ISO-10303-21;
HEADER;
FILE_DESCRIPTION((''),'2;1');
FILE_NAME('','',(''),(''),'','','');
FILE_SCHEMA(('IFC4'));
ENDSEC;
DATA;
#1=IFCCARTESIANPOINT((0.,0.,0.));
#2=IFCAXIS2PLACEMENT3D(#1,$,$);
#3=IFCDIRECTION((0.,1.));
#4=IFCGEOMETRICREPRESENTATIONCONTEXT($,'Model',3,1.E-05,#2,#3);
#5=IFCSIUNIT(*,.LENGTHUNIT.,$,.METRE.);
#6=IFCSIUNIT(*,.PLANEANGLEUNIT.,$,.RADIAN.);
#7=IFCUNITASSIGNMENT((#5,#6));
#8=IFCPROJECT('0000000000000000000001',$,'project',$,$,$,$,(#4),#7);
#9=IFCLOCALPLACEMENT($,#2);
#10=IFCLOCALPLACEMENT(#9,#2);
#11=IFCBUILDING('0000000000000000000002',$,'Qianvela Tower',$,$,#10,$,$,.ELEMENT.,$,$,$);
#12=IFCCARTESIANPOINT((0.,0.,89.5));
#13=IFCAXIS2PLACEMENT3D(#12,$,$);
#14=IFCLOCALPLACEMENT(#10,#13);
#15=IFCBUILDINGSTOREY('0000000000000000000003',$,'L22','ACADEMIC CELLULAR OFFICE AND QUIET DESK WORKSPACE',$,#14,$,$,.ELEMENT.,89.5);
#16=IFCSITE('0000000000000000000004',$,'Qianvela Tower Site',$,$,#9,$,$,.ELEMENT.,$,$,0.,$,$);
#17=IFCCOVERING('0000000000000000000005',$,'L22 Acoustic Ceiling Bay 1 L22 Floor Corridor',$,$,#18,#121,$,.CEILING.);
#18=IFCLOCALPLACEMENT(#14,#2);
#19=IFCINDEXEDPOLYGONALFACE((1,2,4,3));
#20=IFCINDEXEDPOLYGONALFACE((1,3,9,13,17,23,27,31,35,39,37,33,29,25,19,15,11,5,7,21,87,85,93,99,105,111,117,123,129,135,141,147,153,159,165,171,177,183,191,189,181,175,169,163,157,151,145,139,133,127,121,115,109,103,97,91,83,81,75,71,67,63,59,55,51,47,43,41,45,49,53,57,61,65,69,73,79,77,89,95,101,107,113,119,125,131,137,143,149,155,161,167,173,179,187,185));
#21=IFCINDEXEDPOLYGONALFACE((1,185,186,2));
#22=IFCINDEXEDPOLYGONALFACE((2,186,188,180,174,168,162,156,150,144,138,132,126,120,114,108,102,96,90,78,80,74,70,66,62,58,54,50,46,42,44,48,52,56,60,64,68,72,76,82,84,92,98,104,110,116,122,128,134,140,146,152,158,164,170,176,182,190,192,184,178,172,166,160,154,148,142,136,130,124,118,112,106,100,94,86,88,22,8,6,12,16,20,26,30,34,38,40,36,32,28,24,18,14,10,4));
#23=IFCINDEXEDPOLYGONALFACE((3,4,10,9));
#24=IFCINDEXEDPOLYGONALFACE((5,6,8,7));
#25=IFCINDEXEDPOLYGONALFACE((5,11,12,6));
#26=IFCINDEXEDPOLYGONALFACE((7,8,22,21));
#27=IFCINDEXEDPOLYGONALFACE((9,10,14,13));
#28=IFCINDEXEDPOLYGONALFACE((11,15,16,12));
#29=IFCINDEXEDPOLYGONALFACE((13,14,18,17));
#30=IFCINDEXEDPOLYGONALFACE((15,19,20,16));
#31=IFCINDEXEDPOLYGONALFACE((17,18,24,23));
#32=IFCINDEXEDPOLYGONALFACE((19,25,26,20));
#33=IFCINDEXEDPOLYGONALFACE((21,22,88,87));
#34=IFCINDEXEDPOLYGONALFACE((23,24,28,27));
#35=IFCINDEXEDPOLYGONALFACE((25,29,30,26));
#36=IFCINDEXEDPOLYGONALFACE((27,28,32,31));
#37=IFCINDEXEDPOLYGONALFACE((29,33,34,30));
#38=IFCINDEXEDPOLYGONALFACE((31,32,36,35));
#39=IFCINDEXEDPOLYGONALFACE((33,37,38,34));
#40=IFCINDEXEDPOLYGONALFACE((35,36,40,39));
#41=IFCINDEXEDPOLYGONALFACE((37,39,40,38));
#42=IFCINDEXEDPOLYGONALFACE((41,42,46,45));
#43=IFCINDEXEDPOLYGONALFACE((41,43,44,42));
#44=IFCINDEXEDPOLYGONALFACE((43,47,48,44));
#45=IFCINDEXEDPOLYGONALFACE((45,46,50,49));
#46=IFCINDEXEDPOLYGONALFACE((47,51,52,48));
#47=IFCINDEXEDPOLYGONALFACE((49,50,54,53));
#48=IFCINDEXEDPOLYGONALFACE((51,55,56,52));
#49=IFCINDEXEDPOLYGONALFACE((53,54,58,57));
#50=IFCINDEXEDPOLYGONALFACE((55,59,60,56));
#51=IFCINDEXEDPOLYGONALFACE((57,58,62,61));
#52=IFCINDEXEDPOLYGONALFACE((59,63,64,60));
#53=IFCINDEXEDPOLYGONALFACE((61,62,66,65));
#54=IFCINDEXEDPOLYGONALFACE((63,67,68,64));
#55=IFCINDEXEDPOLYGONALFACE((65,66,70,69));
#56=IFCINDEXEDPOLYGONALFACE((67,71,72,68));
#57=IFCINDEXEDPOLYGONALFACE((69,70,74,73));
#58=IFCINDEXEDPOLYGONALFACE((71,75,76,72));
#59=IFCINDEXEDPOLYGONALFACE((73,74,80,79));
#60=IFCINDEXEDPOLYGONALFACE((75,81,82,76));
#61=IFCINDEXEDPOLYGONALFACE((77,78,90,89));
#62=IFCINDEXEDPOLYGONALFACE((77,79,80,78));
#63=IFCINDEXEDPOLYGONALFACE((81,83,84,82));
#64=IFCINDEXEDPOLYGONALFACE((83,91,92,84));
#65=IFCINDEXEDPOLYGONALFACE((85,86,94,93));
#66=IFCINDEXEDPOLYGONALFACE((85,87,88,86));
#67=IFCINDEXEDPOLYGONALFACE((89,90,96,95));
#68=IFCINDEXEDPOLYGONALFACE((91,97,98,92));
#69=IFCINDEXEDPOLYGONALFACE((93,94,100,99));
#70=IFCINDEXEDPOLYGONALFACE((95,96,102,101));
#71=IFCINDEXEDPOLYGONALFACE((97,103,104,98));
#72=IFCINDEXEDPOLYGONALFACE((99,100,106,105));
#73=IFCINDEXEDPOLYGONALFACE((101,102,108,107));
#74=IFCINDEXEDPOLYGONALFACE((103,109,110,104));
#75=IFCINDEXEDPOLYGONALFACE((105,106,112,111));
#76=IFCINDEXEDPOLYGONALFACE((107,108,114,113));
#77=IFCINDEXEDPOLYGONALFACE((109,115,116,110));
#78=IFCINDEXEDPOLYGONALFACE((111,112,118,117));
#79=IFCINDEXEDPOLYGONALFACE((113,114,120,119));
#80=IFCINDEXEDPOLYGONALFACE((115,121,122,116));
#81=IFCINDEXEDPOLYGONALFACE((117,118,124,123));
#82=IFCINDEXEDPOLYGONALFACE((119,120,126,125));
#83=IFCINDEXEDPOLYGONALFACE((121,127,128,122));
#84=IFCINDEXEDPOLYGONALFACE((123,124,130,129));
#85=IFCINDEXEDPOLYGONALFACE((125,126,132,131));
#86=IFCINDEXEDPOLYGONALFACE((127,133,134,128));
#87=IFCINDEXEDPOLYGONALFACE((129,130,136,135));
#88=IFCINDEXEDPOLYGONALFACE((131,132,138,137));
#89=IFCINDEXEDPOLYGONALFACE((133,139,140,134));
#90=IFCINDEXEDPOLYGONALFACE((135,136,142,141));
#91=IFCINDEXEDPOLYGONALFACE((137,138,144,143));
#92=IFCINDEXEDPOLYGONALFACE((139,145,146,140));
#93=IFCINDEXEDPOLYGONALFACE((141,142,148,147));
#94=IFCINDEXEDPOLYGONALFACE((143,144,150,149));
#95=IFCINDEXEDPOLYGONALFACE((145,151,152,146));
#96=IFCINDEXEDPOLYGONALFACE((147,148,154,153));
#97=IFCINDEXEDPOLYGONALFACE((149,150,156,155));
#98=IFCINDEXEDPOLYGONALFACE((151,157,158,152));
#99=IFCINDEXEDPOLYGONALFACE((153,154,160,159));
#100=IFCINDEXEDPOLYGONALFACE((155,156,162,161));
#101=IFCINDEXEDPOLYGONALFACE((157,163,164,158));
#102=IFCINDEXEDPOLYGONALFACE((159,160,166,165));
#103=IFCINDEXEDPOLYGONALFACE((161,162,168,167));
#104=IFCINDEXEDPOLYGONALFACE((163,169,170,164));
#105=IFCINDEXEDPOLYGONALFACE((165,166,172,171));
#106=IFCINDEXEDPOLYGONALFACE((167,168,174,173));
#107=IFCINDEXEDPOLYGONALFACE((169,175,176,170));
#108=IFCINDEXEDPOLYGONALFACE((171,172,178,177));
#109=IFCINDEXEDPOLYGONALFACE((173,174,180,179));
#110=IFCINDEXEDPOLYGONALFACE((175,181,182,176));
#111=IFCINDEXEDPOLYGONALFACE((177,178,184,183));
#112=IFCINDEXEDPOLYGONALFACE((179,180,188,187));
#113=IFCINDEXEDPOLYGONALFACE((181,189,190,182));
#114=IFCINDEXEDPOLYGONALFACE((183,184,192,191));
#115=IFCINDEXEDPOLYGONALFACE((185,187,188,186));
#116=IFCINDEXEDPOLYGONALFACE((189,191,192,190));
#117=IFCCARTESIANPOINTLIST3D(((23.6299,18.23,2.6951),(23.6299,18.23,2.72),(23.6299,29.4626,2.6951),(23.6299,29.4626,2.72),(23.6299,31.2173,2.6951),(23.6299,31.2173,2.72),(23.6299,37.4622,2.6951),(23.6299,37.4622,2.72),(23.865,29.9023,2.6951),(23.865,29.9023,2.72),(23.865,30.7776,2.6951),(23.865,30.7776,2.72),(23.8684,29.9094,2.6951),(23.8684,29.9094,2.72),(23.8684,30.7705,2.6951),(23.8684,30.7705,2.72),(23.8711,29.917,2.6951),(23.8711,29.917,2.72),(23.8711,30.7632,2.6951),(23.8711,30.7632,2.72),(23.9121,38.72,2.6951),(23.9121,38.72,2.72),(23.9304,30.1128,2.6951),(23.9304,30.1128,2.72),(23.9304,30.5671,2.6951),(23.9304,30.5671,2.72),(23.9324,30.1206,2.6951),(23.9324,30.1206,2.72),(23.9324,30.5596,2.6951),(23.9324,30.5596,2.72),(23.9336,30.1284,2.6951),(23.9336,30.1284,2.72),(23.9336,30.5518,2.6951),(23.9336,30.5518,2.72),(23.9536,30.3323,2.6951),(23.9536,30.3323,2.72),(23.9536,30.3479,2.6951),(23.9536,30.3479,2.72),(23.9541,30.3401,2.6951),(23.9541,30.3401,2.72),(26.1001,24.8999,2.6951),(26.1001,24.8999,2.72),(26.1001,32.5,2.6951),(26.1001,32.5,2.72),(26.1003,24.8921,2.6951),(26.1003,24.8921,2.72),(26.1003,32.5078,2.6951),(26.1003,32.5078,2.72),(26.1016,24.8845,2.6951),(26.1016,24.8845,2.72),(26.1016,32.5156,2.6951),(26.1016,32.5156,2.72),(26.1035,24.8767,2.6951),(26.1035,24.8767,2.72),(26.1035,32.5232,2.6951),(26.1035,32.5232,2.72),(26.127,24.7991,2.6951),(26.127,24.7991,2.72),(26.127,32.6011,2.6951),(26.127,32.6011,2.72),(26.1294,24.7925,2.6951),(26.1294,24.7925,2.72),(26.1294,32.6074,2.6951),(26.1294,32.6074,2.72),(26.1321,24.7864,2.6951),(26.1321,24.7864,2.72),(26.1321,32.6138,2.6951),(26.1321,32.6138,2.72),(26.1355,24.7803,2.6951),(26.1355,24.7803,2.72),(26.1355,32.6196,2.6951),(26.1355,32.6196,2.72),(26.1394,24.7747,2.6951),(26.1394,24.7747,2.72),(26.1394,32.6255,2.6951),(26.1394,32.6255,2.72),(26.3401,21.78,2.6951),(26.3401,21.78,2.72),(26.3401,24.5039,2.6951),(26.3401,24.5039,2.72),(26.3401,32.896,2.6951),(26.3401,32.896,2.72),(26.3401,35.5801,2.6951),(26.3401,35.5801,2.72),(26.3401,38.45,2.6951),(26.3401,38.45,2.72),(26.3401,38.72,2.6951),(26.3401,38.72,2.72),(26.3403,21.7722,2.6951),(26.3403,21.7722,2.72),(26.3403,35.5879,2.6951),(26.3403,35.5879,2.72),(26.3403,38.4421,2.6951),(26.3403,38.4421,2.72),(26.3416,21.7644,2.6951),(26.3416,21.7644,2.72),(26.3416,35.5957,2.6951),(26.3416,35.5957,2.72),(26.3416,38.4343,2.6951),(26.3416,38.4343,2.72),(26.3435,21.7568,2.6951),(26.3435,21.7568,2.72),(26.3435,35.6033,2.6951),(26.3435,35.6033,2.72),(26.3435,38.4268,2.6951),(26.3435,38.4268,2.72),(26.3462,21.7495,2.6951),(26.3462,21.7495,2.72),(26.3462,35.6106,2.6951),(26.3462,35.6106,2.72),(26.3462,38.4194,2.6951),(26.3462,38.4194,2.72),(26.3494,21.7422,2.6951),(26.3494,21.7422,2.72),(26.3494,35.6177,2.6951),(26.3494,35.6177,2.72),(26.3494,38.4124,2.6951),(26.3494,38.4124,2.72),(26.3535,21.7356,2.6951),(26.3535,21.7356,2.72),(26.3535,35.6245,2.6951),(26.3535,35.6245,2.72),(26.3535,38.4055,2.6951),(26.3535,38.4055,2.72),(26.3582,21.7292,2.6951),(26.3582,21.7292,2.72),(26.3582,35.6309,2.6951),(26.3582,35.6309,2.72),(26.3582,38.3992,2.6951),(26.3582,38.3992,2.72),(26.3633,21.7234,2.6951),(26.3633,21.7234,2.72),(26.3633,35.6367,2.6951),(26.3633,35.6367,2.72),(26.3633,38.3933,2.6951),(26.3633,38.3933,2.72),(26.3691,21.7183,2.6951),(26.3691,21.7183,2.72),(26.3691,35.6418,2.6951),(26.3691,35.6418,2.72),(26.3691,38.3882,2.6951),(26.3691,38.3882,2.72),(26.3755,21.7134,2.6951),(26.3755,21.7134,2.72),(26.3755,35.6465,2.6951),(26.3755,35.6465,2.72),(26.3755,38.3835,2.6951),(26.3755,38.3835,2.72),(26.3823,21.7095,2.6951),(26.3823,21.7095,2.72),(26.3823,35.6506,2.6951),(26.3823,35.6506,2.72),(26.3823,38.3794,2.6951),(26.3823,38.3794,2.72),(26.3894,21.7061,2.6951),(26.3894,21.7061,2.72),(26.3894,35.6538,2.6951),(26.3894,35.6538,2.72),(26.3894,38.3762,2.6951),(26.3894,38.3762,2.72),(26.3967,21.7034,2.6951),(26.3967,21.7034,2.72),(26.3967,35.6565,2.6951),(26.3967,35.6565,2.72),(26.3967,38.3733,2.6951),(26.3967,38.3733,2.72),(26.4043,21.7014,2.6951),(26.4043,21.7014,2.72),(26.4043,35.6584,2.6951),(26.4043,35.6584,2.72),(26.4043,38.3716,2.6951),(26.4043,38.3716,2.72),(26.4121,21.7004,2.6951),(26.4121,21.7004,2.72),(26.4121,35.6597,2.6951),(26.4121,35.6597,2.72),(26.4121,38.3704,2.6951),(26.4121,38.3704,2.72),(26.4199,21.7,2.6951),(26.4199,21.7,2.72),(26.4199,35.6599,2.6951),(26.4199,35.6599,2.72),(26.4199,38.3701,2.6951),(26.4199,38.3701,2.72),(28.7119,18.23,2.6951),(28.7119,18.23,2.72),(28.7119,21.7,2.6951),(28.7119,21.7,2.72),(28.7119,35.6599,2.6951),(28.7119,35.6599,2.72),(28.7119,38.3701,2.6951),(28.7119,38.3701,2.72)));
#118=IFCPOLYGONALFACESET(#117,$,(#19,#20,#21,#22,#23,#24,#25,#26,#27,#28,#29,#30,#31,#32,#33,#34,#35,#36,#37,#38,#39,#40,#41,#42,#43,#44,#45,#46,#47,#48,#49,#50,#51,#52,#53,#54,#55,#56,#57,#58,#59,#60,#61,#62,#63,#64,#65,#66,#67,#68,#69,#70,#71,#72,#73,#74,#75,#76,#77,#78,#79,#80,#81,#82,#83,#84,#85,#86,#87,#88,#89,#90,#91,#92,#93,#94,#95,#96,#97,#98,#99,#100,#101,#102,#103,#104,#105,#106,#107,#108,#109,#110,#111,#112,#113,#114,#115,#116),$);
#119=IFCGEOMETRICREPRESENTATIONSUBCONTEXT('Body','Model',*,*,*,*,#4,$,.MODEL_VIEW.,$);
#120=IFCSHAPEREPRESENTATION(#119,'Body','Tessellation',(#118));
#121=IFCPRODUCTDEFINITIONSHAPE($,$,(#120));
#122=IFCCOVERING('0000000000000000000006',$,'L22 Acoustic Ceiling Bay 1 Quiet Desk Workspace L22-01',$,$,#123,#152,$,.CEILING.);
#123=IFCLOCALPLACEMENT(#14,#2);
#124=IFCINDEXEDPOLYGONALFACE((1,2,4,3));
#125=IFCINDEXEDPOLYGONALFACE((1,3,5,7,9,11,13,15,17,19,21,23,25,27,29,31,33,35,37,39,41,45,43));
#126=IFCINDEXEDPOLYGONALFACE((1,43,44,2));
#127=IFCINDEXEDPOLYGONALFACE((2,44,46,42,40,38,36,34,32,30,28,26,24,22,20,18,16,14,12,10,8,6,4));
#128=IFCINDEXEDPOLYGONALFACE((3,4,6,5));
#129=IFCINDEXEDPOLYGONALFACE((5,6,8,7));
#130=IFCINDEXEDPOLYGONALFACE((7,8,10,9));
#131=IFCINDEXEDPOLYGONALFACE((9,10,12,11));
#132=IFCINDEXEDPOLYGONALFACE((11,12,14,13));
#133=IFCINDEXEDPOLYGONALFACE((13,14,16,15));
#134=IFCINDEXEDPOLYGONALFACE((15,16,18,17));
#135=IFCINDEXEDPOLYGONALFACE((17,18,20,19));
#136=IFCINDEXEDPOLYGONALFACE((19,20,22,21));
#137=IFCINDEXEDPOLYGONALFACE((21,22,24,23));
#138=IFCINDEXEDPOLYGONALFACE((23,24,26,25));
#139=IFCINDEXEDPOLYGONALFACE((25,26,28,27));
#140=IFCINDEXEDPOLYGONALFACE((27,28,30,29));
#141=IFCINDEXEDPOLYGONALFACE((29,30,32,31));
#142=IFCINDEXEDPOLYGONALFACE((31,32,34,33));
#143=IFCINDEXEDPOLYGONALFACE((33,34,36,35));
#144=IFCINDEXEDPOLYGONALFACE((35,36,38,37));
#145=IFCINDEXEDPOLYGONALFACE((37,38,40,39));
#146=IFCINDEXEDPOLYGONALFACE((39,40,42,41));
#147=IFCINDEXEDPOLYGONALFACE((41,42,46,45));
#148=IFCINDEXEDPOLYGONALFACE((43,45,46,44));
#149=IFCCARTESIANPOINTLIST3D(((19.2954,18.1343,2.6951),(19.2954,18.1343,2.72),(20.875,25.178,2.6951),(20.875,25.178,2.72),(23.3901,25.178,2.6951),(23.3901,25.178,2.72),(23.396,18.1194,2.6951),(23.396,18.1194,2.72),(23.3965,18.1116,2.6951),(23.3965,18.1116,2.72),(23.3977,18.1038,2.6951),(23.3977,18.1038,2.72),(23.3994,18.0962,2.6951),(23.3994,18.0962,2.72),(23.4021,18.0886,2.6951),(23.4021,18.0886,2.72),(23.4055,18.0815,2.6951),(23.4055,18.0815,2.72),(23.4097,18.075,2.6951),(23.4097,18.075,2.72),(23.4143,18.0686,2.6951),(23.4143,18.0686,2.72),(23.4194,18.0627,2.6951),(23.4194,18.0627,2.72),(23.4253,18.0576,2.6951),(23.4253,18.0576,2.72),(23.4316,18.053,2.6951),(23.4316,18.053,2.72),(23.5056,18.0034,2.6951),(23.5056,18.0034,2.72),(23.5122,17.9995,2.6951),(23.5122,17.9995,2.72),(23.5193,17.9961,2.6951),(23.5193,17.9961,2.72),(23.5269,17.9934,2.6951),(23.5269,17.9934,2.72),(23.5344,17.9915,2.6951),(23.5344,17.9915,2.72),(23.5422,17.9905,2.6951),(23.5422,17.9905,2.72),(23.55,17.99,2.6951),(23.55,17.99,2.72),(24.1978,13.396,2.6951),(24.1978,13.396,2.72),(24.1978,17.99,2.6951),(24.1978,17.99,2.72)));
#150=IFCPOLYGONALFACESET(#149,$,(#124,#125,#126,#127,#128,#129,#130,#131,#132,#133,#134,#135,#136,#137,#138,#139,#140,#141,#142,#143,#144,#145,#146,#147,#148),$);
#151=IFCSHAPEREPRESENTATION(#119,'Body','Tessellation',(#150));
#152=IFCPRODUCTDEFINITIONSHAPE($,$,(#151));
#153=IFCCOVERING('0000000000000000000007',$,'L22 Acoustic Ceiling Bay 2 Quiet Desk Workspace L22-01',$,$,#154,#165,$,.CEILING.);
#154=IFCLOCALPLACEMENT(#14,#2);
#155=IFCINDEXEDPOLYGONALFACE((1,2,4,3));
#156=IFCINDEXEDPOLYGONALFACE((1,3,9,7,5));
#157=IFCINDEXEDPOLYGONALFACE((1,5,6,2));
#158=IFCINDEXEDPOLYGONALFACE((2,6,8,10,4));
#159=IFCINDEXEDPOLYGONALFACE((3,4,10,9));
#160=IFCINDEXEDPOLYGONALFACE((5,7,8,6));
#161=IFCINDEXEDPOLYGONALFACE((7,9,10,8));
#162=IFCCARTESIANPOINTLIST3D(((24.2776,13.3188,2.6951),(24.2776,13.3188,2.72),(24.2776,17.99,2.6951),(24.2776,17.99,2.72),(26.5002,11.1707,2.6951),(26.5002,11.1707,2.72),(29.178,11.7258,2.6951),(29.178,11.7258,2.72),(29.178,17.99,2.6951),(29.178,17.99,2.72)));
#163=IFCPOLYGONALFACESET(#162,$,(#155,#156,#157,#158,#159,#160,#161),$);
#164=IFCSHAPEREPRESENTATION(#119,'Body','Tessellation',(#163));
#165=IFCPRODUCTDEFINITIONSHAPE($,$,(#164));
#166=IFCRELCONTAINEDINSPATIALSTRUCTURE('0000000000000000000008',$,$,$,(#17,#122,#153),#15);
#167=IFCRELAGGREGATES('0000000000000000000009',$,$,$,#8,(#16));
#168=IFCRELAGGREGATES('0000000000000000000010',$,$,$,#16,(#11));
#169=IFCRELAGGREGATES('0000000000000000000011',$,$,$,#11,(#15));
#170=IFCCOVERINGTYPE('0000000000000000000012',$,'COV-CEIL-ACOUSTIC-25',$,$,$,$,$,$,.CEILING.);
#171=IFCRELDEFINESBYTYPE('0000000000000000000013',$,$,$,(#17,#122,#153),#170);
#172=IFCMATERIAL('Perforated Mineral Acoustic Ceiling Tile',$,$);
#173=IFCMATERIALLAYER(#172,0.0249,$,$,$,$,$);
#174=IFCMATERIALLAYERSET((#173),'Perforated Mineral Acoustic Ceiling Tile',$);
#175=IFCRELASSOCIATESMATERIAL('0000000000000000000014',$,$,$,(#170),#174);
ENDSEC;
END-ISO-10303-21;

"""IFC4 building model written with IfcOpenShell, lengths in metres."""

from ifc_helpers import new_model, si_unit, direction, frame, origin, place, context, subcontext, project, spatial, polyline, outline, extrude, material, layer, layer_set, type_object, element, save


model = new_model("IFC4")

# Units and contexts
model_context = context("Model", 3, precision=1e-05, world=origin(), true_north=direction((0.0, 1.0)))
body_context = subcontext(model_context, "Body", "Model", "MODEL_VIEW")
ifc_project = project(units=[si_unit("LENGTHUNIT", "METRE"), si_unit("PLANEANGLEUNIT", "RADIAN")], contexts=[model_context])

# Site, building, storey
site_placement = place(None, origin())
site = spatial("IfcSite", under=ifc_project, at=site_placement, Name="Qianvela Tower Site", CompositionType="ELEMENT", RefElevation=0.0)
building_placement = place(site_placement, origin())
building = spatial("IfcBuilding", under=site, at=building_placement, Name="Qianvela Tower", CompositionType="ELEMENT")
storey_placement = place(building_placement, frame((0.0, 0.0, 89.5)))
storey = spatial("IfcBuildingStorey", under=building, at=storey_placement, Name="L22", Description="ACADEMIC CELLULAR OFFICE AND QUIET DESK WORKSPACE", CompositionType="ELEMENT", Elevation=89.5)

# Coverings
ifc_material_1 = material(Name="Perforated Mineral Acoustic Ceiling Tile")
ifc_layer_1 = layer(ifc_material_1, 0.0249)
ifc_layer_set_1 = layer_set([ifc_layer_1], Name="Perforated Mineral Acoustic Ceiling Tile")
covering_type_1 = type_object("IfcCoveringType", Name="COV-CEIL-ACOUSTIC-25", PredefinedType="CEILING", material=ifc_layer_set_1)
covering_1_placement = place(storey_placement, frame((0.0, 0.0, 2.6951)))
element("IfcCovering", 1, at=covering_1_placement, inside=storey, type_object=covering_type_1, Name="L22 Acoustic Ceiling Bay 1 L22 Floor Corridor", PredefinedType="CEILING", context=body_context, shape_type="SweptSolid", body=[
    extrude(outline(polyline([(23.8684, 30.7705), (23.865, 30.7776), (23.6299, 31.2173), (23.6299, 37.4622), (23.9121, 38.72), (26.3401, 38.72), (26.3401, 38.45), (26.3403, 38.4421), (26.3416, 38.4343), (26.3435, 38.4268), (26.3462, 38.4194), (26.3494, 38.4124), (26.3535, 38.4055), (26.3582, 38.3992), (26.3633, 38.3933), (26.3691, 38.3882), (26.3755, 38.3835), (26.3823, 38.3794), (26.3894, 38.3762), (26.3967, 38.3733), (26.4043, 38.3716), (26.4121, 38.3704), (26.4199, 38.3701), (28.7119, 38.3701), (28.7119, 35.6599), (26.4199, 35.6599), (26.4121, 35.6597), (26.4043, 35.6584), (26.3967, 35.6565), (26.3894, 35.6538), (26.3823, 35.6506), (26.3755, 35.6465), (26.3691, 35.6418), (26.3633, 35.6367), (26.3582, 35.6309), (26.3535, 35.6245), (26.3494, 35.6177), (26.3462, 35.6106), (26.3435, 35.6033), (26.3416, 35.5957), (26.3403, 35.5879), (26.3401, 35.5801), (26.3401, 32.896), (26.1394, 32.6255), (26.1355, 32.6196), (26.1321, 32.6138), (26.1294, 32.6074), (26.127, 32.6011), (26.1035, 32.5232), (26.1016, 32.5156), (26.1003, 32.5078), (26.1001, 32.5), (26.1001, 24.8999), (26.1003, 24.8921), (26.1016, 24.8845), (26.1035, 24.8767), (26.127, 24.7991), (26.1294, 24.7925), (26.1321, 24.7864), (26.1355, 24.7803), (26.1394, 24.7747), (26.3401, 24.5039), (26.3401, 21.78), (26.3403, 21.7722), (26.3416, 21.7644), (26.3435, 21.7568), (26.3462, 21.7495), (26.3494, 21.7422), (26.3535, 21.7356), (26.3582, 21.7292), (26.3633, 21.7234), (26.3691, 21.7183), (26.3755, 21.7134), (26.3823, 21.7095), (26.3894, 21.7061), (26.3967, 21.7034), (26.4043, 21.7014), (26.4121, 21.7004), (26.4199, 21.7), (28.7119, 21.7), (28.7119, 18.23), (23.6299, 18.23), (23.6299, 29.4626), (23.865, 29.9023), (23.8684, 29.9094), (23.8711, 29.917), (23.9304, 30.1128), (23.9324, 30.1206), (23.9336, 30.1284), (23.9536, 30.3323), (23.9541, 30.3401), (23.9536, 30.3479), (23.9336, 30.5518), (23.9324, 30.5596), (23.9304, 30.5671), (23.8711, 30.7632), (23.8684, 30.7705)])), origin(), (0.0, 0.0, 1.0), 0.0249),
])
covering_2_placement = place(storey_placement, frame((0.0, 0.0, 2.6951)))
element("IfcCovering", 2, at=covering_2_placement, inside=storey, type_object=covering_type_1, Name="L22 Acoustic Ceiling Bay 1 Quiet Desk Workspace L22-01", PredefinedType="CEILING", context=body_context, shape_type="SweptSolid", body=[
    extrude(outline(polyline([(23.3965, 18.1116), (23.3977, 18.1038), (23.3994, 18.0962), (23.4021, 18.0886), (23.4055, 18.0815), (23.4097, 18.075), (23.4143, 18.0686), (23.4194, 18.0627), (23.4253, 18.0576), (23.4316, 18.053), (23.5056, 18.0034), (23.5122, 17.9995), (23.5193, 17.9961), (23.5269, 17.9934), (23.5344, 17.9915), (23.5422, 17.9905), (23.55, 17.99), (24.1978, 17.99), (24.1978, 13.396), (19.2954, 18.1343), (20.875, 25.178), (23.3901, 25.178), (23.396, 18.1194), (23.3965, 18.1116)])), origin(), (0.0, 0.0, 1.0), 0.0249),
])
covering_3_placement = place(storey_placement, frame((0.0, 0.0, 2.6951)))
element("IfcCovering", 3, at=covering_3_placement, inside=storey, type_object=covering_type_1, Name="L22 Acoustic Ceiling Bay 2 Quiet Desk Workspace L22-01", PredefinedType="CEILING", context=body_context, shape_type="SweptSolid", body=[
    extrude(outline(polyline([(29.178, 17.99), (29.178, 11.7258), (26.5002, 11.1707), (24.2776, 13.3188), (24.2776, 17.99), (29.178, 17.99)])), origin(), (0.0, 0.0, 1.0), 0.0249),
])

save(model, "model.ifc")
